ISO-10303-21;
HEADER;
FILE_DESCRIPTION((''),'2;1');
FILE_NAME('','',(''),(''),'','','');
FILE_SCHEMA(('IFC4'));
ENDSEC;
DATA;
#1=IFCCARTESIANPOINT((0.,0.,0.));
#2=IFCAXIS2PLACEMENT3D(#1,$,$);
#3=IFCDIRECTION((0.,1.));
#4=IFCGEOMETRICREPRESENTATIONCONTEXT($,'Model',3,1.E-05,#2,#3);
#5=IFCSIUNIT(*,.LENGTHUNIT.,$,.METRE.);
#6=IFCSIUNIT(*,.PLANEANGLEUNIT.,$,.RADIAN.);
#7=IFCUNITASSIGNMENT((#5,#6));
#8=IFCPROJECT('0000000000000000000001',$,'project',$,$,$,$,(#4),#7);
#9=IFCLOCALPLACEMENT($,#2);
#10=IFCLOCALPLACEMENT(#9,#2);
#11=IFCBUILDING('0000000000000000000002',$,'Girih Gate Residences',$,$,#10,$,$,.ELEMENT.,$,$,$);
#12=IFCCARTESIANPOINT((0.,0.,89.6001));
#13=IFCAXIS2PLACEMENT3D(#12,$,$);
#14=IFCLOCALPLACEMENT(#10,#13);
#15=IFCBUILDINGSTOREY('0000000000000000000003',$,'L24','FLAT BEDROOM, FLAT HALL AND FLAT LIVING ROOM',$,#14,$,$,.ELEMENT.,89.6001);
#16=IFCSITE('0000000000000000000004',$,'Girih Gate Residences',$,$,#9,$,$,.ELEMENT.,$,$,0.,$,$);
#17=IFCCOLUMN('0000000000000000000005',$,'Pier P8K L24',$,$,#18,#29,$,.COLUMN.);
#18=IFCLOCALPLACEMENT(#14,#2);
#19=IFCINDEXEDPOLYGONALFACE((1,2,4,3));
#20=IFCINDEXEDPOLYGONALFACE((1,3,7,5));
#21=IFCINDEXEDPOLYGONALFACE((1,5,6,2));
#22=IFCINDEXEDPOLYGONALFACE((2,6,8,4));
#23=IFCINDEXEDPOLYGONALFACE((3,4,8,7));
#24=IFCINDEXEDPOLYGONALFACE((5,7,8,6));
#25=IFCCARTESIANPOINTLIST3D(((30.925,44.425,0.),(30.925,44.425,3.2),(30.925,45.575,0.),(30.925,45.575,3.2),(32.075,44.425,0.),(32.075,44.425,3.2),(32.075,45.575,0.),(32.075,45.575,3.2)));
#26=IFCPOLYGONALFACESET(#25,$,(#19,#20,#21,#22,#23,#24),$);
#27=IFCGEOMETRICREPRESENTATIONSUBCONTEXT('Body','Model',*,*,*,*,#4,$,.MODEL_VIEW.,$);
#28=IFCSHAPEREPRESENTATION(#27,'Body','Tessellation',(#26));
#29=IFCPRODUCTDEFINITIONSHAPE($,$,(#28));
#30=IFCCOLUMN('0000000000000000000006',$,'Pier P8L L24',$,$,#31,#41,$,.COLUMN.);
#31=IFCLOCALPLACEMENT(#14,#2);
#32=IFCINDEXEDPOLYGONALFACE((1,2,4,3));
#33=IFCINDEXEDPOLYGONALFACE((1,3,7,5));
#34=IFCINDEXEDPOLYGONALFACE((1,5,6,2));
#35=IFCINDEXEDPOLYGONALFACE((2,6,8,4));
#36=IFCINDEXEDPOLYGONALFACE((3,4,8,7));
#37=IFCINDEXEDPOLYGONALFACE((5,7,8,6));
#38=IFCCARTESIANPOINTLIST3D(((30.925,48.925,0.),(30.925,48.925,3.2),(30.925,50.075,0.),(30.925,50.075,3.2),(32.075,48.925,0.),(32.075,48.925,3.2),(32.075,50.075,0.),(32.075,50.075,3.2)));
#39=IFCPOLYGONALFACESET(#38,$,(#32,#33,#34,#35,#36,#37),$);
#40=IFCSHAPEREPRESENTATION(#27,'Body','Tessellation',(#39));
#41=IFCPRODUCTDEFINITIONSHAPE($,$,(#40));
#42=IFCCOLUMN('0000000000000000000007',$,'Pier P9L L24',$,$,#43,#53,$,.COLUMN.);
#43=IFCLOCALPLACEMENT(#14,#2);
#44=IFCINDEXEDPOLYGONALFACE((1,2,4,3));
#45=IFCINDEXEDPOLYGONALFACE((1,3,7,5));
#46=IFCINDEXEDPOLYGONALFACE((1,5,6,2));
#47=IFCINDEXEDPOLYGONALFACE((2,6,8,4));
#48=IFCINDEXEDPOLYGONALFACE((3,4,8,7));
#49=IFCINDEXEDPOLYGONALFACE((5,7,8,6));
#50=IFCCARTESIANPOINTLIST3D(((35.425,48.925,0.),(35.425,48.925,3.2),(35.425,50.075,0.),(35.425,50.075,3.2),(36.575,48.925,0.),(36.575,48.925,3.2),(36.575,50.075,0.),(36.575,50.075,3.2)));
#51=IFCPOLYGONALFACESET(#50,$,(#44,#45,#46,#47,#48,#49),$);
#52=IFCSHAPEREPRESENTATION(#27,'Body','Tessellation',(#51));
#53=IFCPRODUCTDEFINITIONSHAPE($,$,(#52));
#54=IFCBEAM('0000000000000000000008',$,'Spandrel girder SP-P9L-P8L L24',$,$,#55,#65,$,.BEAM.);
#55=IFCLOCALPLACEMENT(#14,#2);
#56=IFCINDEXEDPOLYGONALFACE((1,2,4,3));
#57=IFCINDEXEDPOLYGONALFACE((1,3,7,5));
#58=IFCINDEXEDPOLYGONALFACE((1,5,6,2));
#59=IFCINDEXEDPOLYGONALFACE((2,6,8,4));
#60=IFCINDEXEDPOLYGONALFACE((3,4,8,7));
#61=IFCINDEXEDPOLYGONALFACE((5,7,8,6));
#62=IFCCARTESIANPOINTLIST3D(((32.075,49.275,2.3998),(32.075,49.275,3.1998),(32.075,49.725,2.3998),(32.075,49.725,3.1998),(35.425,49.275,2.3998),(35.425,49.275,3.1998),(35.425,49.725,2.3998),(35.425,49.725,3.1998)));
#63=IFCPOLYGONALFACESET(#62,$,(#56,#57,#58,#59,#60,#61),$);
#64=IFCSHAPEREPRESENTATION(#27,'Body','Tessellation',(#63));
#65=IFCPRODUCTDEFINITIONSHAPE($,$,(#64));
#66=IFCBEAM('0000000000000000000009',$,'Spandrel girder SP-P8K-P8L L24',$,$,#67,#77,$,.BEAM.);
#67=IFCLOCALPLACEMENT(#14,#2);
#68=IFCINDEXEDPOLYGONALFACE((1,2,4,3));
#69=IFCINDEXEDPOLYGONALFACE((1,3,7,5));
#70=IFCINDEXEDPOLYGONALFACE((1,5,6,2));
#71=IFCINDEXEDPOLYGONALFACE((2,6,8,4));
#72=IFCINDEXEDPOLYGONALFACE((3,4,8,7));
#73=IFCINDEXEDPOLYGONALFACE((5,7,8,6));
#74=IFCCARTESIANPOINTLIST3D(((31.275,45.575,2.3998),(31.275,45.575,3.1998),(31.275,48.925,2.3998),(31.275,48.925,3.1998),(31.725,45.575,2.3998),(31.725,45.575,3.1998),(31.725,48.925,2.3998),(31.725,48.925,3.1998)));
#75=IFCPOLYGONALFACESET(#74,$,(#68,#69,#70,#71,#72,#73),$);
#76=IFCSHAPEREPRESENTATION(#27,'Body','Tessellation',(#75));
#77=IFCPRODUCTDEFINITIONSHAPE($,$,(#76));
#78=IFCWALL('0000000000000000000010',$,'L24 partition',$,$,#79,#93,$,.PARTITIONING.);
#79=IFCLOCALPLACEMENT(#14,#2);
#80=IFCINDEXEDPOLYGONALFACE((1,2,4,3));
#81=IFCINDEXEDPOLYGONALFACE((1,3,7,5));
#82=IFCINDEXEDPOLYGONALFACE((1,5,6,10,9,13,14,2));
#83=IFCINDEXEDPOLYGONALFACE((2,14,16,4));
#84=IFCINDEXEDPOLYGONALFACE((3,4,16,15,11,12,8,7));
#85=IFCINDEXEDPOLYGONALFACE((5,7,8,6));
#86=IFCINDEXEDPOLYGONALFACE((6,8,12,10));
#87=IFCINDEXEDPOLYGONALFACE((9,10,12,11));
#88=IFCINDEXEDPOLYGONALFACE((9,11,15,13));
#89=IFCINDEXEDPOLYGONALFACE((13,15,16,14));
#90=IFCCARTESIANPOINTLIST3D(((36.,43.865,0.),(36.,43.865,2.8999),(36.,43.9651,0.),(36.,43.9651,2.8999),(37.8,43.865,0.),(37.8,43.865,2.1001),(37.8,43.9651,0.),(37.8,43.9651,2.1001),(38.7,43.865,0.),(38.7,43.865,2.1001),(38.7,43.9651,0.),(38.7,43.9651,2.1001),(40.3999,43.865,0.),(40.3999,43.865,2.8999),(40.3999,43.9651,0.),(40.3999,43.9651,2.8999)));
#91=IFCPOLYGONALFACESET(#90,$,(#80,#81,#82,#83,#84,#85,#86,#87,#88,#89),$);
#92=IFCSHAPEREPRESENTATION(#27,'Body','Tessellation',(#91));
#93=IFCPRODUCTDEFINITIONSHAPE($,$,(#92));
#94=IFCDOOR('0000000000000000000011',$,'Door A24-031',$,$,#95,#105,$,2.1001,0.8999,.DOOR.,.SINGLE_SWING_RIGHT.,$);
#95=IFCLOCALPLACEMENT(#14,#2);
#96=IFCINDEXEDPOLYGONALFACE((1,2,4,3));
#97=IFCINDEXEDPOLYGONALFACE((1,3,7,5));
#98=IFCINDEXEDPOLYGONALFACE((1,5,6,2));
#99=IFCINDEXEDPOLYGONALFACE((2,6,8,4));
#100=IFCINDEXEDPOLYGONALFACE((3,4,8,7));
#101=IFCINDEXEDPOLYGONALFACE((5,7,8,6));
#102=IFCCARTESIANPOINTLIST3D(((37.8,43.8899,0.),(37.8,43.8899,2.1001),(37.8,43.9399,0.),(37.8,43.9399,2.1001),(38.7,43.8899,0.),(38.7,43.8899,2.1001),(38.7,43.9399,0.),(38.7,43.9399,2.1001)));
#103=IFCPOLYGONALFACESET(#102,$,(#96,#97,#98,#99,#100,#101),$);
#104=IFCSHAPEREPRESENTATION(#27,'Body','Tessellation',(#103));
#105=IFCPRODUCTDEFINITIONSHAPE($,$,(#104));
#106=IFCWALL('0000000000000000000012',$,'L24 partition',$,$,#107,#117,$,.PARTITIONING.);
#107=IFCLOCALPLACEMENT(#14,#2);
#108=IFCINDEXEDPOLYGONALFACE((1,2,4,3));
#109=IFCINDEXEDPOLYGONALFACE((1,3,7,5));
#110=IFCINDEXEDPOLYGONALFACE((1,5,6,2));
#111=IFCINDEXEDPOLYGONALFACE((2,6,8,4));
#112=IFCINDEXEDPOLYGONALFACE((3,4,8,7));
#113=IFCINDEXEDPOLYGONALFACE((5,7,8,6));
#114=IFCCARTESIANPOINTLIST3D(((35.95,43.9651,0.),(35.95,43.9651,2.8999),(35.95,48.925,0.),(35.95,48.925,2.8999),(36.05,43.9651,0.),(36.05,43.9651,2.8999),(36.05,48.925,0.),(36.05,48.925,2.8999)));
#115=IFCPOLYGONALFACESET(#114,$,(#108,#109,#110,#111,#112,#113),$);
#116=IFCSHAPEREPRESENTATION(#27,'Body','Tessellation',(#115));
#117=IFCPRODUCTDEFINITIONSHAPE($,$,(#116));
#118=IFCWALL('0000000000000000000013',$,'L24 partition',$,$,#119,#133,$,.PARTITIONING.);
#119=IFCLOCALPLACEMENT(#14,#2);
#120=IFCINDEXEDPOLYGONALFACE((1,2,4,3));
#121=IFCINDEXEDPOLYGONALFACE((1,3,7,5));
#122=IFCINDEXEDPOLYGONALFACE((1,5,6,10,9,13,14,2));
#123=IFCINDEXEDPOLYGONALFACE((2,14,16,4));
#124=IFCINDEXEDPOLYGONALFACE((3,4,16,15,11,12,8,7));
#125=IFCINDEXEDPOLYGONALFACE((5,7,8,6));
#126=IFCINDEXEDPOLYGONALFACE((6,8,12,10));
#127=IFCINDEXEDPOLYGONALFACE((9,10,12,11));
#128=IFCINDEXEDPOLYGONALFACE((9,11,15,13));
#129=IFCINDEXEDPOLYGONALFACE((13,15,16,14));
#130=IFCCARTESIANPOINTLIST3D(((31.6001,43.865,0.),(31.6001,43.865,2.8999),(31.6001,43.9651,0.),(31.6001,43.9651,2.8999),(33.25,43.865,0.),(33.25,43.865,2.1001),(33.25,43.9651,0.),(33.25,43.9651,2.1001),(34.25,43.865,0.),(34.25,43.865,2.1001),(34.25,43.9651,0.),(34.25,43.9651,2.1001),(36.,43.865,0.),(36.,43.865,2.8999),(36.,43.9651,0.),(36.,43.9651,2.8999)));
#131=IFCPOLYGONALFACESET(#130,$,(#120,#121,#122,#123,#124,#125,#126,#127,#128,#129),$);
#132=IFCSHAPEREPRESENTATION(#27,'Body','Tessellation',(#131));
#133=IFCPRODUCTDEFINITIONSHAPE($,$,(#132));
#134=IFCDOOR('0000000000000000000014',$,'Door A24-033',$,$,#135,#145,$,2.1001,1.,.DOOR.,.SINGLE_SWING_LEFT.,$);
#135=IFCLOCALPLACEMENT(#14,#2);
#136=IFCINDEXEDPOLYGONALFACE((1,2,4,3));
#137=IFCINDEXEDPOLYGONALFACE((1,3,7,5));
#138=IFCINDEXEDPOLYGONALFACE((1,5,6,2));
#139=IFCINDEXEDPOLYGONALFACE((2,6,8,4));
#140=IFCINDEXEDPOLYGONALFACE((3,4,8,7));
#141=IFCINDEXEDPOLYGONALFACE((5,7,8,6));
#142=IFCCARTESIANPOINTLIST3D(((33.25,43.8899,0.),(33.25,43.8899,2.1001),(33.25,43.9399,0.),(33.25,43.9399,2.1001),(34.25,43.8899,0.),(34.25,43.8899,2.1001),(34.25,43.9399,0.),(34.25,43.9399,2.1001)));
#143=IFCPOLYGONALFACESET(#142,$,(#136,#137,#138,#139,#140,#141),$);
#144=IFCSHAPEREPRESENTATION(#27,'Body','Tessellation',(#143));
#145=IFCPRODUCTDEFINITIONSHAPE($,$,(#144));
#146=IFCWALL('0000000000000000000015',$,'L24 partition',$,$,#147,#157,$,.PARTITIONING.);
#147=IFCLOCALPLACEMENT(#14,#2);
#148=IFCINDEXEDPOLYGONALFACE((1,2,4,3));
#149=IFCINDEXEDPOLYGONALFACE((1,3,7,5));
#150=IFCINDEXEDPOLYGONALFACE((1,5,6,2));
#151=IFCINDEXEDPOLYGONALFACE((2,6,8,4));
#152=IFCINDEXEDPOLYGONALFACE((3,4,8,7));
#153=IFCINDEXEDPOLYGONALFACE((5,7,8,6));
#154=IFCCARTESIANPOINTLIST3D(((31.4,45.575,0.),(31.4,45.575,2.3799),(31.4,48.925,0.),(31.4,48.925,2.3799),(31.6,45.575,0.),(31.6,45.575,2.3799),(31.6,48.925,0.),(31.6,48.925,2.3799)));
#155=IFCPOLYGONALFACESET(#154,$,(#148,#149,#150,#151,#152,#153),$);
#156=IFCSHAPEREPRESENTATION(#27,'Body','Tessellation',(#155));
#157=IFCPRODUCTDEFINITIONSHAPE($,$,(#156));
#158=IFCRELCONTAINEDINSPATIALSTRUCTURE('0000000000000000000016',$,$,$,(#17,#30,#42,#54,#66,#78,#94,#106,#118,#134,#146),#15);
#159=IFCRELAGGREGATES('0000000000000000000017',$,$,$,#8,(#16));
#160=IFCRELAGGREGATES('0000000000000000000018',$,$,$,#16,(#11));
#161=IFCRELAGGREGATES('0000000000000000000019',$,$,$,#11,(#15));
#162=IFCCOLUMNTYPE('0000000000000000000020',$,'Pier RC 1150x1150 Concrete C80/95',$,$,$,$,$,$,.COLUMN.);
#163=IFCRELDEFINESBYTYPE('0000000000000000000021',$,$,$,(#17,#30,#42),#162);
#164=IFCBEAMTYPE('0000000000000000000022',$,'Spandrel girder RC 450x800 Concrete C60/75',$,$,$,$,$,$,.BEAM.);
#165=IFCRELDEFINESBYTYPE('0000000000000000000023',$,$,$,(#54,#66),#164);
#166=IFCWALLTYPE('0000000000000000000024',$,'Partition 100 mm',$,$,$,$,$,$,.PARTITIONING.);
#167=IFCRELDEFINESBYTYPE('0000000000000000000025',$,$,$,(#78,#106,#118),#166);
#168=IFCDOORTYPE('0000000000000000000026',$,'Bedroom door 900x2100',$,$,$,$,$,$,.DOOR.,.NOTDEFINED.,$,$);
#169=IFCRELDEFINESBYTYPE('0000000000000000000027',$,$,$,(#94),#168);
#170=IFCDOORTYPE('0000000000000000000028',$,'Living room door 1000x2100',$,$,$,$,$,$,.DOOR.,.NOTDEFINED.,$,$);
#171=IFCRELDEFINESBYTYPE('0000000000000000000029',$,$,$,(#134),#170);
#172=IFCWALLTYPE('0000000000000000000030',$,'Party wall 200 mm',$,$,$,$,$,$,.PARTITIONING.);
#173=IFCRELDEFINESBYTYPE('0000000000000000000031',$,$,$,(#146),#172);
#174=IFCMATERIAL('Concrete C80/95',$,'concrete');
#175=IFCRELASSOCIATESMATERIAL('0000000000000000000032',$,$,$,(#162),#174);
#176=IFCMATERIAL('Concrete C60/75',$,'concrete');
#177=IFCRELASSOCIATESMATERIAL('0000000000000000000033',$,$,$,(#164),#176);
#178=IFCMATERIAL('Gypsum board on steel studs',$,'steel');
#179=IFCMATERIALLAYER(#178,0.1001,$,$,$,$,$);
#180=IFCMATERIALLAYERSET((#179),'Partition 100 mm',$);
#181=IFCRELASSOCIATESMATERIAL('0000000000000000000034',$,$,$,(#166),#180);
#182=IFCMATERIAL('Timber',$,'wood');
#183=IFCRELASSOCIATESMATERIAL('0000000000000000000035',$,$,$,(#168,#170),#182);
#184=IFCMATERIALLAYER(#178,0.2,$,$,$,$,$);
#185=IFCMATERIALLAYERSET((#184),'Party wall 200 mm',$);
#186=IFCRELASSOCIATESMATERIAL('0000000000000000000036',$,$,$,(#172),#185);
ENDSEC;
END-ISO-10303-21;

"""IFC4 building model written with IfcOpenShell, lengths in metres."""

from ifc_helpers import new_model, si_unit, direction, frame, frame_2d, origin, origin_2d, place, context, subcontext, project, spatial, rectangle, extrude, material, layer, layer_set, material_profile, profile_set, type_object, element, fill, save


model = new_model("IFC4")

# Units and contexts
model_context = context("Model", 3, precision=1e-05, world=origin(), true_north=direction((0.0, 1.0)))
body_context = subcontext(model_context, "Body", "Model", "MODEL_VIEW")
ifc_project = project(units=[si_unit("LENGTHUNIT", "METRE"), si_unit("PLANEANGLEUNIT", "RADIAN")], contexts=[model_context])

# Site, building, storey
site_placement = place(None, origin())
site = spatial("IfcSite", under=ifc_project, at=site_placement, Name="Girih Gate Residences", CompositionType="ELEMENT", RefElevation=0.0)
building_placement = place(site_placement, origin())
building = spatial("IfcBuilding", under=site, at=building_placement, Name="Girih Gate Residences", CompositionType="ELEMENT")
storey_placement = place(building_placement, frame((0.0, 0.0, 89.6001)))
storey = spatial("IfcBuildingStorey", under=building, at=storey_placement, Name="L24", Description="FLAT BEDROOM, FLAT HALL AND FLAT LIVING ROOM", CompositionType="ELEMENT", Elevation=89.6001)

# Columns
ifc_material_1 = material(Name="Concrete C80/95", Category="concrete")
ifc_material_profile_1 = material_profile(ifc_material_1, rectangle(XDim=1.1499, YDim=1.1499, at=origin_2d()))
ifc_profile_set_1 = profile_set([ifc_material_profile_1], Name="Concrete C80/95")
column_type = type_object("IfcColumnType", Name="Pier RC 1150x1150 Concrete C80/95", PredefinedType="COLUMN", material=ifc_profile_set_1)
for number, where, z_axis, x_axis, name in (
    (1, (31.5, 45.0, 0.0), (0.0, 0.0, 1.0), (1.0, 0.0, 0.0), "Pier P8K L24"),
    (2, (31.5, 49.5, 0.0), (0.0, 0.0, 1.0), (1.0, 0.0, 0.0), "Pier P8L L24"),
    (3, (36.0, 49.5, 0.0), (0.0, 0.0, 1.0), (1.0, 0.0, 0.0), "Pier P9L L24"),
):
    element("IfcColumn", number, at=place(storey_placement, frame(where, z_axis=z_axis, x_axis=x_axis)), inside=storey, type_object=column_type, Name=name, PredefinedType="COLUMN", context=body_context, shape_type="SweptSolid", body=[
        extrude(rectangle(XDim=1.1499, YDim=1.1499, at=origin_2d()), origin(), (0.0, 0.0, 1.0), 3.2),
    ])

# Beams
ifc_material_2 = material(Name="Concrete C60/75", Category="concrete")
ifc_material_profile_2 = material_profile(ifc_material_2, rectangle(XDim=0.45, YDim=0.8, at=origin_2d()))
ifc_profile_set_2 = profile_set([ifc_material_profile_2], Name="Concrete C60/75")
beam_type = type_object("IfcBeamType", Name="Spandrel girder RC 450x800 Concrete C60/75", PredefinedType="BEAM", material=ifc_profile_set_2)
for number, where, z_axis, x_axis, name in (
    (4, (35.425, 49.5, 2.7998), (-1.0, 0.0, 0.0), (0.0, -1.0, 0.0), "Spandrel girder SP-P9L-P8L L24"),
    (5, (31.5, 45.575, 2.7998), (0.0, 1.0, 0.0), (-1.0, 0.0, 0.0), "Spandrel girder SP-P8K-P8L L24"),
):
    element("IfcBeam", number, at=place(storey_placement, frame(where, z_axis=z_axis, x_axis=x_axis)), inside=storey, type_object=beam_type, Name=name, PredefinedType="BEAM", context=body_context, shape_type="SweptSolid", body=[
        extrude(rectangle(XDim=0.45, YDim=0.8, at=origin_2d()), origin(), (0.0, 0.0, 1.0), 3.3501),
    ])

# Wall, opening, door
ifc_material_3 = material(Name="Gypsum board on steel studs", Category="steel")
ifc_layer_1 = layer(ifc_material_3, 0.1001)
ifc_layer_set_1 = layer_set([ifc_layer_1], Name="Partition 100 mm")
wall_type_1 = type_object("IfcWallType", Name="Partition 100 mm", PredefinedType="PARTITIONING", material=ifc_layer_set_1)
wall_1_placement = place(storey_placement, frame((36.0, 43.915, 0.0), z_axis=(0.0, 0.0, 1.0), x_axis=(1.0, 0.0, 0.0)))
wall_1 = element("IfcWall", 6, at=wall_1_placement, inside=storey, type_object=wall_type_1, Name="L24 partition", PredefinedType="PARTITIONING", context=body_context, shape_type="SweptSolid", body=[
    extrude(rectangle(XDim=4.3999, YDim=0.1001, at=frame_2d((2.2, 0.0))), origin(), (0.0, 0.0, 1.0), 2.8999),
])
opening_1_placement = place(wall_1_placement, frame((1.8, 0.0, 0.0)))
opening_1 = element("IfcOpeningElement", 7, at=opening_1_placement, cuts=wall_1, PredefinedType="OPENING", context=body_context, shape_type="SweptSolid", body=[
    extrude(rectangle(XDim=0.8999, YDim=2.1001, at=frame_2d((0.45, 1.05))), frame((0.0, 0.0601, 0.0), z_axis=(0.0, -1.0, 0.0), x_axis=(1.0, 0.0, 0.0)), (0.0, 0.0, 1.0), 0.1201),
])
ifc_material_4 = material(Name="Timber", Category="wood")
door_type_1 = type_object("IfcDoorType", Name="Bedroom door 900x2100", OperationType="NOTDEFINED", PredefinedType="DOOR", material=ifc_material_4)
door_1_placement = place(opening_1_placement, origin())
door_1 = element("IfcDoor", 8, at=door_1_placement, inside=storey, type_object=door_type_1, Name="Door A24-031", OperationType="SINGLE_SWING_RIGHT", OverallHeight=2.1001, OverallWidth=0.8999, PredefinedType="DOOR", context=body_context, shape_type="SweptSolid", body=[
    extrude(rectangle(XDim=0.8999, YDim=2.1001, at=frame_2d((0.45, 1.05))), frame((0.0, 0.0249, 0.0), z_axis=(0.0, -1.0, 0.0), x_axis=(1.0, 0.0, 0.0)), (0.0, 0.0, 1.0), 0.05),
])
fill(opening_1, door_1)

# Wall
wall_2_placement = place(storey_placement, frame((36.0, 43.9651, 0.0), z_axis=(0.0, 0.0, 1.0), x_axis=(0.0, 1.0, 0.0)))
element("IfcWall", 9, at=wall_2_placement, inside=storey, type_object=wall_type_1, Name="L24 partition", PredefinedType="PARTITIONING", context=body_context, shape_type="SweptSolid", body=[
    extrude(rectangle(XDim=4.96, YDim=0.1001, at=frame_2d((2.48, 0.0))), origin(), (0.0, 0.0, 1.0), 2.8999),
])

# Wall, opening, door
wall_3_placement = place(storey_placement, frame((31.6001, 43.915, 0.0), z_axis=(0.0, 0.0, 1.0), x_axis=(1.0, 0.0, 0.0)))
wall_3 = element("IfcWall", 10, at=wall_3_placement, inside=storey, type_object=wall_type_1, Name="L24 partition", PredefinedType="PARTITIONING", context=body_context, shape_type="SweptSolid", body=[
    extrude(rectangle(XDim=4.3999, YDim=0.1001, at=frame_2d((2.2, 0.0))), origin(), (0.0, 0.0, 1.0), 2.8999),
])
opening_2_placement = place(wall_3_placement, frame((1.6499, 0.0, 0.0)))
opening_2 = element("IfcOpeningElement", 11, at=opening_2_placement, cuts=wall_3, PredefinedType="OPENING", context=body_context, shape_type="SweptSolid", body=[
    extrude(rectangle(XDim=1.0, YDim=2.1001, at=frame_2d((0.5, 1.05))), frame((0.0, 0.0601, 0.0), z_axis=(0.0, -1.0, 0.0), x_axis=(1.0, 0.0, 0.0)), (0.0, 0.0, 1.0), 0.1201),
])
door_type_2 = type_object("IfcDoorType", Name="Living room door 1000x2100", OperationType="NOTDEFINED", PredefinedType="DOOR", material=ifc_material_4)
door_2_placement = place(opening_2_placement, origin())
door_2 = element("IfcDoor", 12, at=door_2_placement, inside=storey, type_object=door_type_2, Name="Door A24-033", OperationType="SINGLE_SWING_LEFT", OverallHeight=2.1001, OverallWidth=1.0, PredefinedType="DOOR", context=body_context, shape_type="SweptSolid", body=[
    extrude(rectangle(XDim=1.0, YDim=2.1001, at=frame_2d((0.5, 1.05))), frame((0.0, 0.0249, 0.0), z_axis=(0.0, -1.0, 0.0), x_axis=(1.0, 0.0, 0.0)), (0.0, 0.0, 1.0), 0.05),
])
fill(opening_2, door_2)

# Wall
ifc_layer_2 = layer(ifc_material_3, 0.2)
ifc_layer_set_2 = layer_set([ifc_layer_2], Name="Party wall 200 mm")
wall_type_2 = type_object("IfcWallType", Name="Party wall 200 mm", PredefinedType="PARTITIONING", material=ifc_layer_set_2)
wall_4_placement = place(storey_placement, frame((31.5, 45.575, 0.0), z_axis=(0.0, 0.0, 1.0), x_axis=(0.0, 1.0, 0.0)))
element("IfcWall", 13, at=wall_4_placement, inside=storey, type_object=wall_type_2, Name="L24 partition", PredefinedType="PARTITIONING", context=body_context, shape_type="SweptSolid", body=[
    extrude(rectangle(XDim=3.3501, YDim=0.2, at=frame_2d((1.675, 0.0))), origin(), (0.0, 0.0, 1.0), 2.3799),
])

save(model, "model.ifc")
